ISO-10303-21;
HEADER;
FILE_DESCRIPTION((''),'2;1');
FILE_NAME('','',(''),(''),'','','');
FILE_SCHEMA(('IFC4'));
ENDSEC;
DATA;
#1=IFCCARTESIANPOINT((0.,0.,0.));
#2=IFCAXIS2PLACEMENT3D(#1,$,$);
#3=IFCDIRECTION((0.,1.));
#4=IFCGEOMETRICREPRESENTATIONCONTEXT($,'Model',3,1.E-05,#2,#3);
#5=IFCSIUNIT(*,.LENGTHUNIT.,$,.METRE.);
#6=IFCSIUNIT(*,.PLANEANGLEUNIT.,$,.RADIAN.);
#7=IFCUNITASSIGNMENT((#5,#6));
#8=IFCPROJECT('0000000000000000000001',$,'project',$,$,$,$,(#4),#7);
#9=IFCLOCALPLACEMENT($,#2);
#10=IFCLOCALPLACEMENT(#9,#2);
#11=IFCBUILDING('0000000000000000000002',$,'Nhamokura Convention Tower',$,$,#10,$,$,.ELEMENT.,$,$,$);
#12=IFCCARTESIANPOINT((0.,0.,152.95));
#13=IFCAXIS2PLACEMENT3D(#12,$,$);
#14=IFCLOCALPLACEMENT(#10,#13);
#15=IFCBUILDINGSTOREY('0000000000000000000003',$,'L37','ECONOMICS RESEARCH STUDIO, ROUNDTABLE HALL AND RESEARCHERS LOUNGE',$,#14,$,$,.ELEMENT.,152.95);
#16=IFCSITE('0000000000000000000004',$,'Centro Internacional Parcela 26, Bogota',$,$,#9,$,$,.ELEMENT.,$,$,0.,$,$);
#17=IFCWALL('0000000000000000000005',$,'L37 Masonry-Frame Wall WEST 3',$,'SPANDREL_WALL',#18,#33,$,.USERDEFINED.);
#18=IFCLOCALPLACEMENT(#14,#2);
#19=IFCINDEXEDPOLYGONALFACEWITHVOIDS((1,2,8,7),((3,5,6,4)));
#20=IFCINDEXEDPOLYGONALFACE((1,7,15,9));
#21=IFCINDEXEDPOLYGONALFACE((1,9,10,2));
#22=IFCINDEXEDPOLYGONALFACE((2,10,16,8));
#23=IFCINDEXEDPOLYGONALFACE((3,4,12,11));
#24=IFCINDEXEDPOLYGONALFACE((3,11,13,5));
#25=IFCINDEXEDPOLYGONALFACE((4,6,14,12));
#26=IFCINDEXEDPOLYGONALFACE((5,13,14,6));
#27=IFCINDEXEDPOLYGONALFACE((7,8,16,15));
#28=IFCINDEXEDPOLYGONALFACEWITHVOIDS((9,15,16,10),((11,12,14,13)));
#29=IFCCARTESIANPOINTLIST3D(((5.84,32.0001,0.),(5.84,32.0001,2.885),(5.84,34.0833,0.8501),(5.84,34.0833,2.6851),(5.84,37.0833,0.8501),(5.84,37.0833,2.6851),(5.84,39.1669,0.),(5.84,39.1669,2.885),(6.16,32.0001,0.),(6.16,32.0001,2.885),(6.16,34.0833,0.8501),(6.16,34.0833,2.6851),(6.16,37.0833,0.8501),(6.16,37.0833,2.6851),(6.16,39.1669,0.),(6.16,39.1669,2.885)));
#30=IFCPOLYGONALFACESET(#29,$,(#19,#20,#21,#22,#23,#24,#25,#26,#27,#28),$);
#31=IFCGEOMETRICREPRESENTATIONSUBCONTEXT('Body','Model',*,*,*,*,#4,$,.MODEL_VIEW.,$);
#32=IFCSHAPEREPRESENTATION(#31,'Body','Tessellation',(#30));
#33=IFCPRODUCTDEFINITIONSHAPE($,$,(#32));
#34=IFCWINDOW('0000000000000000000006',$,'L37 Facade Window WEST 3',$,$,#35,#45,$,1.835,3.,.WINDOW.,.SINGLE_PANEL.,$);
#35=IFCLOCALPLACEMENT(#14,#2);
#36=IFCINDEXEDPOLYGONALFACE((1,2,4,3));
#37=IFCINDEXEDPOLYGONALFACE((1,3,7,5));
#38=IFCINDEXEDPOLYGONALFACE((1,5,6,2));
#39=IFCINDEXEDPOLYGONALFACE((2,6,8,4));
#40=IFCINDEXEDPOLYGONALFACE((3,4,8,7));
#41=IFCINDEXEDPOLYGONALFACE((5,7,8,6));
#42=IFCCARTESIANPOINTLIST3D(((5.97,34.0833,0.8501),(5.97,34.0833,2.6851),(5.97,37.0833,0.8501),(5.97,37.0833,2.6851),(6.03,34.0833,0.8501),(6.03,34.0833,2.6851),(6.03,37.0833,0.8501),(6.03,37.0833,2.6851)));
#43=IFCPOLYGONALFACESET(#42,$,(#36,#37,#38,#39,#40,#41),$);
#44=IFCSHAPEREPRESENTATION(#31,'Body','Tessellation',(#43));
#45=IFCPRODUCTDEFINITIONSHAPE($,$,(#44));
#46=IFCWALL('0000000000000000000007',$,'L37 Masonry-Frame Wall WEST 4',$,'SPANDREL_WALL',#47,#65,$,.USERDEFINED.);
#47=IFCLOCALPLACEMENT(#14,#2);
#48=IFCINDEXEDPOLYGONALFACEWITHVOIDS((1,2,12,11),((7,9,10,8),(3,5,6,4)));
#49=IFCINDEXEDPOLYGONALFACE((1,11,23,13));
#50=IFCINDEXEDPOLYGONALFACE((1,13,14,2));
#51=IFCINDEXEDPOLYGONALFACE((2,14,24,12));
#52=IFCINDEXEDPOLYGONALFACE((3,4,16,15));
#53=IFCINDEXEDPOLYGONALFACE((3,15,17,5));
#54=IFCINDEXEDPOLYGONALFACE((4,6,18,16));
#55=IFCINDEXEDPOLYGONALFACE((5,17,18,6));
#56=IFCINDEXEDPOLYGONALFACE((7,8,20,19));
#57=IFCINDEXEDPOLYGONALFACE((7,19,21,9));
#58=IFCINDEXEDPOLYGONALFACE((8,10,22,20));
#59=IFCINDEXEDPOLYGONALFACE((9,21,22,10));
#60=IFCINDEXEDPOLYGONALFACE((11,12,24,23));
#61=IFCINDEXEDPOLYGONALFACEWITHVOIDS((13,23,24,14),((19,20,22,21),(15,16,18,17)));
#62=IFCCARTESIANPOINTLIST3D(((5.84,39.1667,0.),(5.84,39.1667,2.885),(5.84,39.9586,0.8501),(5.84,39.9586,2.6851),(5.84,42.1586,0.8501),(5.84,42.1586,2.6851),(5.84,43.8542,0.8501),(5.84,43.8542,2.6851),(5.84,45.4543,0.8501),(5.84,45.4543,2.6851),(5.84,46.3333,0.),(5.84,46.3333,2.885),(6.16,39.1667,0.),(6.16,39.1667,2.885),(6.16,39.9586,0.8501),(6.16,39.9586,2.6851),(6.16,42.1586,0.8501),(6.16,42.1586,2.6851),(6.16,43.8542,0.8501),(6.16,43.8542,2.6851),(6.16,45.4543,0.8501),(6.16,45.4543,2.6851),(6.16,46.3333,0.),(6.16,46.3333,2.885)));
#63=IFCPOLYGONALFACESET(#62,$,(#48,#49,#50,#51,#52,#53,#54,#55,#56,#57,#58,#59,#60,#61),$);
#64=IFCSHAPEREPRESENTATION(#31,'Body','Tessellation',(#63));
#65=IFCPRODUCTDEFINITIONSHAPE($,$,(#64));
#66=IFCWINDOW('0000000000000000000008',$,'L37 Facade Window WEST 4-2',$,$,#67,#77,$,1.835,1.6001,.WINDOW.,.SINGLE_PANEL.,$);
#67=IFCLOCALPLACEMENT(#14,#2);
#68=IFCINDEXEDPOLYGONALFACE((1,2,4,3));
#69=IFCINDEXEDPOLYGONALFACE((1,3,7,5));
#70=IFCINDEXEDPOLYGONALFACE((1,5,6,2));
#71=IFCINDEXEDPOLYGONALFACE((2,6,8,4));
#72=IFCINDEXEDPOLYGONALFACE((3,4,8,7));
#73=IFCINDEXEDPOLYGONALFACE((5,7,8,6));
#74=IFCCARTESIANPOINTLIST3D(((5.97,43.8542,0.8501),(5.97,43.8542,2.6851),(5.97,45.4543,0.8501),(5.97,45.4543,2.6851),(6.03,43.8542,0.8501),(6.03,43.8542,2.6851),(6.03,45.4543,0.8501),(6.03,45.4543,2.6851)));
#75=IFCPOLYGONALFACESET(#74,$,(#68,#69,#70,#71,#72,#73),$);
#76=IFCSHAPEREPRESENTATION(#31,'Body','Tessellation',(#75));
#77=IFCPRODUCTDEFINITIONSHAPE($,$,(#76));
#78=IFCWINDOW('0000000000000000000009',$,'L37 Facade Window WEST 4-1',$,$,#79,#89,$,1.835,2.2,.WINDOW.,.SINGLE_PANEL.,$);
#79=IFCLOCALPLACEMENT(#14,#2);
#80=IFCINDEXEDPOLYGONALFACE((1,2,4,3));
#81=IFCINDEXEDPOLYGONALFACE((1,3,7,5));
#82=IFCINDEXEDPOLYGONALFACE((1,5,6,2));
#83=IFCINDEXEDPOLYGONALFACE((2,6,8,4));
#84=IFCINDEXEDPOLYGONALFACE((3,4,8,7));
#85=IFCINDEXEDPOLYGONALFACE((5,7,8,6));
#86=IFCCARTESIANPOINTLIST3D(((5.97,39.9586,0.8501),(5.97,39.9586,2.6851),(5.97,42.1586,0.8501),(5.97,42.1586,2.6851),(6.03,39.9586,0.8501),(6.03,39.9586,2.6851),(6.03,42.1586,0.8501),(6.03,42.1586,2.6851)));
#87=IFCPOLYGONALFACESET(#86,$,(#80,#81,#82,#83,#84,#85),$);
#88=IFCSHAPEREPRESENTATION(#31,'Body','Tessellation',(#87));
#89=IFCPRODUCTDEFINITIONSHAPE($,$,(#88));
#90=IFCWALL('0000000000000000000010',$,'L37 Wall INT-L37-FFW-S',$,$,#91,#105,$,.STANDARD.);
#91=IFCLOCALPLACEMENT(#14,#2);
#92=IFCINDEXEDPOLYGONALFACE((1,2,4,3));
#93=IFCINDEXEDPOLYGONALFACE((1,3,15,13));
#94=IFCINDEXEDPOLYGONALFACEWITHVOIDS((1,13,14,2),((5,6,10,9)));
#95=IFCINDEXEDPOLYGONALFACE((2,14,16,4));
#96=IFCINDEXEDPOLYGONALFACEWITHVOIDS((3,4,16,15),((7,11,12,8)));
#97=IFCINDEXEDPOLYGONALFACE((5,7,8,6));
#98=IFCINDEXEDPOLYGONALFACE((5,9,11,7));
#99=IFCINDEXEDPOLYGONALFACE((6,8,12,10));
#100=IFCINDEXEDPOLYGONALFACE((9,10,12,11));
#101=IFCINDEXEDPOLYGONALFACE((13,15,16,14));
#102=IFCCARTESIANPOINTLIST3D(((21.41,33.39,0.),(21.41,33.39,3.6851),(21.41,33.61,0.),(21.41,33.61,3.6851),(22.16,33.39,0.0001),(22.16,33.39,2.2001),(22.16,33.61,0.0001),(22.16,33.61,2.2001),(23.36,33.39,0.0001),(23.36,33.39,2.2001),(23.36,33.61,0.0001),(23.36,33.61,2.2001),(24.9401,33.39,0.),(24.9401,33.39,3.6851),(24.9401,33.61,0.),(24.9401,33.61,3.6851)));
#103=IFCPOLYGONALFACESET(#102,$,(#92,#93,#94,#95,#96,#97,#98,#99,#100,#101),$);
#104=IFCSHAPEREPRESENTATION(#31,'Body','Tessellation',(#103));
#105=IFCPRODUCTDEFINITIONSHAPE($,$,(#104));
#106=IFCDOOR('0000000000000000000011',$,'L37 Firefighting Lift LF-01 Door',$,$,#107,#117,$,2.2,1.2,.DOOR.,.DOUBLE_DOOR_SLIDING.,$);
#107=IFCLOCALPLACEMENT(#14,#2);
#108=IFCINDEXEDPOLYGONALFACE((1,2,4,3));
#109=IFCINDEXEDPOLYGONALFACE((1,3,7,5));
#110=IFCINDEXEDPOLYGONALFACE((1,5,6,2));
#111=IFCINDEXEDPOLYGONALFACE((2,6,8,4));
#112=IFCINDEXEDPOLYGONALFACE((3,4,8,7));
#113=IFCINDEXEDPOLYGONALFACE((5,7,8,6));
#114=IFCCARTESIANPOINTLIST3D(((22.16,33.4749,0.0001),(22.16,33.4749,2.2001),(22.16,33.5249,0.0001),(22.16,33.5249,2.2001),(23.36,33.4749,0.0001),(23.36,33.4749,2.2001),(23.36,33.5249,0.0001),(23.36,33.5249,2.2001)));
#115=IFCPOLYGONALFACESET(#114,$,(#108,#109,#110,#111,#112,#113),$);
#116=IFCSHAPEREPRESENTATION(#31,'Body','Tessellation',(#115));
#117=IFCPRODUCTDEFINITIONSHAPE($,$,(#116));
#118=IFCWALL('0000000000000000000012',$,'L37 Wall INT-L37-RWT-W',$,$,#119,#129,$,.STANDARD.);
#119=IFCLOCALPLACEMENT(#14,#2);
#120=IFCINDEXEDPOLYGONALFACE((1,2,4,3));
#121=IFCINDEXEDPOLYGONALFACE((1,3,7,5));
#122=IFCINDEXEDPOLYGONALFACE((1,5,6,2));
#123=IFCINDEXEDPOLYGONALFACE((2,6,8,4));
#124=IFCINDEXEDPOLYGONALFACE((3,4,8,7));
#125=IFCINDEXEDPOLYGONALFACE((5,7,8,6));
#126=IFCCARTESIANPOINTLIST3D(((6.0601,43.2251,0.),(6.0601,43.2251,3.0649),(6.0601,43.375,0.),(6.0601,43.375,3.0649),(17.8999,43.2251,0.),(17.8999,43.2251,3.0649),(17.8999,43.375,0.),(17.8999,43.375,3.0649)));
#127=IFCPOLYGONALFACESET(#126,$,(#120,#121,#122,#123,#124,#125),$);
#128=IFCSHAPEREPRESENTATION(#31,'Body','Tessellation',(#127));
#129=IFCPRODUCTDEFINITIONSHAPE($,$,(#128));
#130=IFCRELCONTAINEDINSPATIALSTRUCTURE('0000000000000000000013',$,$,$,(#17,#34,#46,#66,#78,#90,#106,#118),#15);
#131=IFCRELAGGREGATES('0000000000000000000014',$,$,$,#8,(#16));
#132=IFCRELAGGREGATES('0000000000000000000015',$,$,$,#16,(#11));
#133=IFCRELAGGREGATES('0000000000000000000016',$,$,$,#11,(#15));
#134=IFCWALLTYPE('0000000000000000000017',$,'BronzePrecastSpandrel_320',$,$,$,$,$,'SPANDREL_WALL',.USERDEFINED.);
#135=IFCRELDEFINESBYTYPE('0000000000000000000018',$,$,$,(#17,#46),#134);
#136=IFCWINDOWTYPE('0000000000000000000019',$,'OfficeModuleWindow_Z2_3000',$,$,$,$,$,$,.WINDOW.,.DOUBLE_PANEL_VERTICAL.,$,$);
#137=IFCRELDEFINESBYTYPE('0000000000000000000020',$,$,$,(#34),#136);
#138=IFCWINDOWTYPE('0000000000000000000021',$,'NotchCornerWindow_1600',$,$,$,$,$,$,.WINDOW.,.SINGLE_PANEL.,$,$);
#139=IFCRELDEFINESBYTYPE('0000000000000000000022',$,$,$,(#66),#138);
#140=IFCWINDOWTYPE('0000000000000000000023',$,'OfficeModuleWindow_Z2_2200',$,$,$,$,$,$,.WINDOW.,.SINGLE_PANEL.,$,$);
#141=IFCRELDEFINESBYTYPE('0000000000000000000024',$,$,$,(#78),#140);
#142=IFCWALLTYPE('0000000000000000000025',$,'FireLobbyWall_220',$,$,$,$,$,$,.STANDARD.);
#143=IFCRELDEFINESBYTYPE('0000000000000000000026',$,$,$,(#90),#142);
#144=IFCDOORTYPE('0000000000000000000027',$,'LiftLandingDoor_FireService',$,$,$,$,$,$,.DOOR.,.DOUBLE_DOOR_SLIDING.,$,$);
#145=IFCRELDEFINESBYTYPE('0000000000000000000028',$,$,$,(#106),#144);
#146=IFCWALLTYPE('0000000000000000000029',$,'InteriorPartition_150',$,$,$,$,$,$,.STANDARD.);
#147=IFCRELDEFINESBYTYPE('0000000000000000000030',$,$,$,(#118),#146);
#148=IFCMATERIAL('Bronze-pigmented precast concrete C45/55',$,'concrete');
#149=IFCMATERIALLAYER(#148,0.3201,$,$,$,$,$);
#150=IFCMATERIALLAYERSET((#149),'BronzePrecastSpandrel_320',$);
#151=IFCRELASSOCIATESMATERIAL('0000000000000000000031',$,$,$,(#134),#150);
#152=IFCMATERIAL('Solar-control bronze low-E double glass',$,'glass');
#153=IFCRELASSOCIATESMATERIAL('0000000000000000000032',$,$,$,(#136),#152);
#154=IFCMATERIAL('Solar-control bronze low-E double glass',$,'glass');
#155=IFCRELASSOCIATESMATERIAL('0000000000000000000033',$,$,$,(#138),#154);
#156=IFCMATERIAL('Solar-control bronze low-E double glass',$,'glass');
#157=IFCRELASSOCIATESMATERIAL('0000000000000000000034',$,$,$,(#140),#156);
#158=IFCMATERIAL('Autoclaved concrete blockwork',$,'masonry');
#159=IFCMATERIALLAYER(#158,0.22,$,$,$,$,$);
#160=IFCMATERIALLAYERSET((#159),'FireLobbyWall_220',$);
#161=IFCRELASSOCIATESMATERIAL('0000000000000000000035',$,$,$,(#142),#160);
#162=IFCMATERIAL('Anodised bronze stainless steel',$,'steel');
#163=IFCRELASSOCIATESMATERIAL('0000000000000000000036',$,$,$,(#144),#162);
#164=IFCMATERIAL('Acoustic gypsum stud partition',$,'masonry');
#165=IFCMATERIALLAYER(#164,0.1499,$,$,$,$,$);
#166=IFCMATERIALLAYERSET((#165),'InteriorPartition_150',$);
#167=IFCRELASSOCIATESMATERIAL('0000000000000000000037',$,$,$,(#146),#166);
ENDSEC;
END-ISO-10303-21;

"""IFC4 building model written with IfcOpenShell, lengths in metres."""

from ifc_helpers import new_model, si_unit, direction, frame, frame_2d, origin, place, context, subcontext, project, spatial, rectangle, extrude, material, layer, layer_set, type_object, element, fill, save


model = new_model("IFC4")

# Units and contexts
model_context = context("Model", 3, precision=1e-05, world=origin(), true_north=direction((0.0, 1.0)))
body_context = subcontext(model_context, "Body", "Model", "MODEL_VIEW")
ifc_project = project(units=[si_unit("LENGTHUNIT", "METRE"), si_unit("PLANEANGLEUNIT", "RADIAN")], contexts=[model_context])

# Site, building, storey
site_placement = place(None, origin())
site = spatial("IfcSite", under=ifc_project, at=site_placement, Name="Centro Internacional Parcela 26, Bogota", CompositionType="ELEMENT", RefElevation=0.0)
building_placement = place(site_placement, origin())
building = spatial("IfcBuilding", under=site, at=building_placement, Name="Nhamokura Convention Tower", CompositionType="ELEMENT")
storey_placement = place(building_placement, frame((0.0, 0.0, 152.95)))
storey = spatial("IfcBuildingStorey", under=building, at=storey_placement, Name="L37", Description="ECONOMICS RESEARCH STUDIO, ROUNDTABLE HALL AND RESEARCHERS LOUNGE", CompositionType="ELEMENT", Elevation=152.95)

# Wall, opening, window
ifc_material_1 = material(Name="Bronze-pigmented precast concrete C45/55", Category="concrete")
ifc_layer_1 = layer(ifc_material_1, 0.3201)
ifc_layer_set_1 = layer_set([ifc_layer_1], Name="BronzePrecastSpandrel_320")
wall_type_1 = type_object("IfcWallType", Name="BronzePrecastSpandrel_320", ElementType="SPANDREL_WALL", PredefinedType="USERDEFINED", material=ifc_layer_set_1)
wall_1_placement = place(storey_placement, frame((6.0, 32.0, 0.0), z_axis=(0.0, 0.0, 1.0), x_axis=(0.0, 1.0, 0.0)))
wall_1 = element("IfcWall", 1, at=wall_1_placement, inside=storey, type_object=wall_type_1, Name="L37 Masonry-Frame Wall WEST 3", ObjectType="SPANDREL_WALL", PredefinedType="USERDEFINED", context=body_context, shape_type="SweptSolid", body=[
    extrude(rectangle(XDim=7.1667, YDim=0.3201, at=frame_2d((3.5835, 0.0))), origin(), (0.0, 0.0, 1.0), 2.885),
])
opening_1_placement = place(wall_1_placement, frame((2.0833, 0.0, 0.8501)))
opening_1 = element("IfcOpeningElement", 2, at=opening_1_placement, cuts=wall_1, PredefinedType="OPENING", context=body_context, shape_type="SweptSolid", body=[
    extrude(rectangle(XDim=3.0, YDim=1.835, at=frame_2d((1.5, 0.9175))), frame((0.0, 0.1699, 0.0), z_axis=(0.0, -1.0, 0.0), x_axis=(1.0, 0.0, 0.0)), (0.0, 0.0, 1.0), 0.3401),
])
ifc_material_2 = material(Name="Solar-control bronze low-E double glass", Category="glass")
window_type_1 = type_object("IfcWindowType", Name="OfficeModuleWindow_Z2_3000", PartitioningType="DOUBLE_PANEL_VERTICAL", PredefinedType="WINDOW", material=ifc_material_2)
window_1_placement = place(opening_1_placement, origin())
window_1 = element("IfcWindow", 3, at=window_1_placement, inside=storey, type_object=window_type_1, Name="L37 Facade Window WEST 3", OverallHeight=1.835, OverallWidth=3.0, PartitioningType="SINGLE_PANEL", PredefinedType="WINDOW", context=body_context, shape_type="SweptSolid", body=[
    extrude(rectangle(XDim=3.0, YDim=1.835, at=frame_2d((1.5, 0.9175))), frame((0.0, 0.03, 0.0), z_axis=(0.0, -1.0, 0.0), x_axis=(1.0, 0.0, 0.0)), (0.0, 0.0, 1.0), 0.0601),
])
fill(opening_1, window_1)

# Wall, openings, windows
wall_2_placement = place(storey_placement, frame((6.0, 39.1667, 0.0), z_axis=(0.0, 0.0, 1.0), x_axis=(0.0, 1.0, 0.0)))
wall_2 = element("IfcWall", 4, at=wall_2_placement, inside=storey, type_object=wall_type_1, Name="L37 Masonry-Frame Wall WEST 4", ObjectType="SPANDREL_WALL", PredefinedType="USERDEFINED", context=body_context, shape_type="SweptSolid", body=[
    extrude(rectangle(XDim=7.1665, YDim=0.3201, at=frame_2d((3.5833, 0.0))), origin(), (0.0, 0.0, 1.0), 2.885),
])
opening_2_placement = place(wall_2_placement, frame((0.7917, 0.0, 0.8501)))
opening_2 = element("IfcOpeningElement", 5, at=opening_2_placement, cuts=wall_2, PredefinedType="OPENING", context=body_context, shape_type="SweptSolid", body=[
    extrude(rectangle(XDim=2.2, YDim=1.835, at=frame_2d((1.1001, 0.9175))), frame((0.0, 0.1699, 0.0), z_axis=(0.0, -1.0, 0.0), x_axis=(1.0, 0.0, 0.0)), (0.0, 0.0, 1.0), 0.3401),
])
opening_3_placement = place(wall_2_placement, frame((4.6875, 0.0, 0.8501)))
opening_3 = element("IfcOpeningElement", 6, at=opening_3_placement, cuts=wall_2, PredefinedType="OPENING", context=body_context, shape_type="SweptSolid", body=[
    extrude(rectangle(XDim=1.6001, YDim=1.835, at=frame_2d((0.8, 0.9175))), frame((0.0, 0.1699, 0.0), z_axis=(0.0, -1.0, 0.0), x_axis=(1.0, 0.0, 0.0)), (0.0, 0.0, 1.0), 0.3401),
])
ifc_material_3 = material(Name="Solar-control bronze low-E double glass", Category="glass")
window_type_2 = type_object("IfcWindowType", Name="NotchCornerWindow_1600", PartitioningType="SINGLE_PANEL", PredefinedType="WINDOW", material=ifc_material_3)
window_2_placement = place(opening_3_placement, origin())
window_2 = element("IfcWindow", 7, at=window_2_placement, inside=storey, type_object=window_type_2, Name="L37 Facade Window WEST 4-2", OverallHeight=1.835, OverallWidth=1.6001, PartitioningType="SINGLE_PANEL", PredefinedType="WINDOW", context=body_context, shape_type="SweptSolid", body=[
    extrude(rectangle(XDim=1.6001, YDim=1.835, at=frame_2d((0.8, 0.9175))), frame((0.0, 0.03, 0.0), z_axis=(0.0, -1.0, 0.0), x_axis=(1.0, 0.0, 0.0)), (0.0, 0.0, 1.0), 0.0601),
])
fill(opening_3, window_2)
ifc_material_4 = material(Name="Solar-control bronze low-E double glass", Category="glass")
window_type_3 = type_object("IfcWindowType", Name="OfficeModuleWindow_Z2_2200", PartitioningType="SINGLE_PANEL", PredefinedType="WINDOW", material=ifc_material_4)
window_3_placement = place(opening_2_placement, origin())
window_3 = element("IfcWindow", 8, at=window_3_placement, inside=storey, type_object=window_type_3, Name="L37 Facade Window WEST 4-1", OverallHeight=1.835, OverallWidth=2.2, PartitioningType="SINGLE_PANEL", PredefinedType="WINDOW", context=body_context, shape_type="SweptSolid", body=[
    extrude(rectangle(XDim=2.2, YDim=1.835, at=frame_2d((1.1001, 0.9175))), frame((0.0, 0.03, 0.0), z_axis=(0.0, -1.0, 0.0), x_axis=(1.0, 0.0, 0.0)), (0.0, 0.0, 1.0), 0.0601),
])
fill(opening_2, window_3)

# Wall, opening, door
ifc_material_5 = material(Name="Autoclaved concrete blockwork", Category="masonry")
ifc_layer_2 = layer(ifc_material_5, 0.22)
ifc_layer_set_2 = layer_set([ifc_layer_2], Name="FireLobbyWall_220")
wall_type_2 = type_object("IfcWallType", Name="FireLobbyWall_220", PredefinedType="STANDARD", material=ifc_layer_set_2)
wall_3_placement = place(storey_placement, frame((21.4099, 33.5, 0.0), z_axis=(0.0, 0.0, 1.0), x_axis=(1.0, 0.0, 0.0)))
wall_3 = element("IfcWall", 9, at=wall_3_placement, inside=storey, type_object=wall_type_2, Name="L37 Wall INT-L37-FFW-S", PredefinedType="STANDARD", context=body_context, shape_type="SweptSolid", body=[
    extrude(rectangle(XDim=3.53, YDim=0.22, at=frame_2d((1.7651, 0.0))), origin(), (0.0, 0.0, 1.0), 3.6851),
])
opening_4_placement = place(wall_3_placement, frame((0.75, 0.0, 0.0)))
opening_4 = element("IfcOpeningElement", 10, at=opening_4_placement, cuts=wall_3, PredefinedType="OPENING", context=body_context, shape_type="SweptSolid", body=[
    extrude(rectangle(XDim=1.2, YDim=2.2, at=frame_2d((0.6001, 1.1001))), frame((0.0, 0.1199, 0.0), z_axis=(0.0, -1.0, 0.0), x_axis=(1.0, 0.0, 0.0)), (0.0, 0.0, 1.0), 0.24),
])
ifc_material_6 = material(Name="Anodised bronze stainless steel", Category="steel")
door_type = type_object("IfcDoorType", Name="LiftLandingDoor_FireService", OperationType="DOUBLE_DOOR_SLIDING", PredefinedType="DOOR", material=ifc_material_6)
door_placement = place(opening_4_placement, origin())
door = element("IfcDoor", 11, at=door_placement, inside=storey, type_object=door_type, Name="L37 Firefighting Lift LF-01 Door", OperationType="DOUBLE_DOOR_SLIDING", OverallHeight=2.2, OverallWidth=1.2, PredefinedType="DOOR", context=body_context, shape_type="SweptSolid", body=[
    extrude(rectangle(XDim=1.2, YDim=2.2, at=frame_2d((0.6001, 1.1001))), frame((0.0, 0.0249, 0.0), z_axis=(0.0, -1.0, 0.0), x_axis=(1.0, 0.0, 0.0)), (0.0, 0.0, 1.0), 0.05),
])
fill(opening_4, door)

# Wall
ifc_material_7 = material(Name="Acoustic gypsum stud partition", Category="masonry")
ifc_layer_3 = layer(ifc_material_7, 0.1499)
ifc_layer_set_3 = layer_set([ifc_layer_3], Name="InteriorPartition_150")
wall_type_3 = type_object("IfcWallType", Name="InteriorPartition_150", PredefinedType="STANDARD", material=ifc_layer_set_3)
wall_4_placement = place(storey_placement, frame((6.0601, 43.3, 0.0), z_axis=(0.0, 0.0, 1.0), x_axis=(1.0, 0.0, 0.0)))
element("IfcWall", 12, at=wall_4_placement, inside=storey, type_object=wall_type_3, Name="L37 Wall INT-L37-RWT-W", PredefinedType="STANDARD", context=body_context, shape_type="SweptSolid", body=[
    extrude(rectangle(XDim=11.8398, YDim=0.1499, at=frame_2d((5.9199, 0.0))), origin(), (0.0, 0.0, 1.0), 3.0649),
])

save(model, "model.ifc")
